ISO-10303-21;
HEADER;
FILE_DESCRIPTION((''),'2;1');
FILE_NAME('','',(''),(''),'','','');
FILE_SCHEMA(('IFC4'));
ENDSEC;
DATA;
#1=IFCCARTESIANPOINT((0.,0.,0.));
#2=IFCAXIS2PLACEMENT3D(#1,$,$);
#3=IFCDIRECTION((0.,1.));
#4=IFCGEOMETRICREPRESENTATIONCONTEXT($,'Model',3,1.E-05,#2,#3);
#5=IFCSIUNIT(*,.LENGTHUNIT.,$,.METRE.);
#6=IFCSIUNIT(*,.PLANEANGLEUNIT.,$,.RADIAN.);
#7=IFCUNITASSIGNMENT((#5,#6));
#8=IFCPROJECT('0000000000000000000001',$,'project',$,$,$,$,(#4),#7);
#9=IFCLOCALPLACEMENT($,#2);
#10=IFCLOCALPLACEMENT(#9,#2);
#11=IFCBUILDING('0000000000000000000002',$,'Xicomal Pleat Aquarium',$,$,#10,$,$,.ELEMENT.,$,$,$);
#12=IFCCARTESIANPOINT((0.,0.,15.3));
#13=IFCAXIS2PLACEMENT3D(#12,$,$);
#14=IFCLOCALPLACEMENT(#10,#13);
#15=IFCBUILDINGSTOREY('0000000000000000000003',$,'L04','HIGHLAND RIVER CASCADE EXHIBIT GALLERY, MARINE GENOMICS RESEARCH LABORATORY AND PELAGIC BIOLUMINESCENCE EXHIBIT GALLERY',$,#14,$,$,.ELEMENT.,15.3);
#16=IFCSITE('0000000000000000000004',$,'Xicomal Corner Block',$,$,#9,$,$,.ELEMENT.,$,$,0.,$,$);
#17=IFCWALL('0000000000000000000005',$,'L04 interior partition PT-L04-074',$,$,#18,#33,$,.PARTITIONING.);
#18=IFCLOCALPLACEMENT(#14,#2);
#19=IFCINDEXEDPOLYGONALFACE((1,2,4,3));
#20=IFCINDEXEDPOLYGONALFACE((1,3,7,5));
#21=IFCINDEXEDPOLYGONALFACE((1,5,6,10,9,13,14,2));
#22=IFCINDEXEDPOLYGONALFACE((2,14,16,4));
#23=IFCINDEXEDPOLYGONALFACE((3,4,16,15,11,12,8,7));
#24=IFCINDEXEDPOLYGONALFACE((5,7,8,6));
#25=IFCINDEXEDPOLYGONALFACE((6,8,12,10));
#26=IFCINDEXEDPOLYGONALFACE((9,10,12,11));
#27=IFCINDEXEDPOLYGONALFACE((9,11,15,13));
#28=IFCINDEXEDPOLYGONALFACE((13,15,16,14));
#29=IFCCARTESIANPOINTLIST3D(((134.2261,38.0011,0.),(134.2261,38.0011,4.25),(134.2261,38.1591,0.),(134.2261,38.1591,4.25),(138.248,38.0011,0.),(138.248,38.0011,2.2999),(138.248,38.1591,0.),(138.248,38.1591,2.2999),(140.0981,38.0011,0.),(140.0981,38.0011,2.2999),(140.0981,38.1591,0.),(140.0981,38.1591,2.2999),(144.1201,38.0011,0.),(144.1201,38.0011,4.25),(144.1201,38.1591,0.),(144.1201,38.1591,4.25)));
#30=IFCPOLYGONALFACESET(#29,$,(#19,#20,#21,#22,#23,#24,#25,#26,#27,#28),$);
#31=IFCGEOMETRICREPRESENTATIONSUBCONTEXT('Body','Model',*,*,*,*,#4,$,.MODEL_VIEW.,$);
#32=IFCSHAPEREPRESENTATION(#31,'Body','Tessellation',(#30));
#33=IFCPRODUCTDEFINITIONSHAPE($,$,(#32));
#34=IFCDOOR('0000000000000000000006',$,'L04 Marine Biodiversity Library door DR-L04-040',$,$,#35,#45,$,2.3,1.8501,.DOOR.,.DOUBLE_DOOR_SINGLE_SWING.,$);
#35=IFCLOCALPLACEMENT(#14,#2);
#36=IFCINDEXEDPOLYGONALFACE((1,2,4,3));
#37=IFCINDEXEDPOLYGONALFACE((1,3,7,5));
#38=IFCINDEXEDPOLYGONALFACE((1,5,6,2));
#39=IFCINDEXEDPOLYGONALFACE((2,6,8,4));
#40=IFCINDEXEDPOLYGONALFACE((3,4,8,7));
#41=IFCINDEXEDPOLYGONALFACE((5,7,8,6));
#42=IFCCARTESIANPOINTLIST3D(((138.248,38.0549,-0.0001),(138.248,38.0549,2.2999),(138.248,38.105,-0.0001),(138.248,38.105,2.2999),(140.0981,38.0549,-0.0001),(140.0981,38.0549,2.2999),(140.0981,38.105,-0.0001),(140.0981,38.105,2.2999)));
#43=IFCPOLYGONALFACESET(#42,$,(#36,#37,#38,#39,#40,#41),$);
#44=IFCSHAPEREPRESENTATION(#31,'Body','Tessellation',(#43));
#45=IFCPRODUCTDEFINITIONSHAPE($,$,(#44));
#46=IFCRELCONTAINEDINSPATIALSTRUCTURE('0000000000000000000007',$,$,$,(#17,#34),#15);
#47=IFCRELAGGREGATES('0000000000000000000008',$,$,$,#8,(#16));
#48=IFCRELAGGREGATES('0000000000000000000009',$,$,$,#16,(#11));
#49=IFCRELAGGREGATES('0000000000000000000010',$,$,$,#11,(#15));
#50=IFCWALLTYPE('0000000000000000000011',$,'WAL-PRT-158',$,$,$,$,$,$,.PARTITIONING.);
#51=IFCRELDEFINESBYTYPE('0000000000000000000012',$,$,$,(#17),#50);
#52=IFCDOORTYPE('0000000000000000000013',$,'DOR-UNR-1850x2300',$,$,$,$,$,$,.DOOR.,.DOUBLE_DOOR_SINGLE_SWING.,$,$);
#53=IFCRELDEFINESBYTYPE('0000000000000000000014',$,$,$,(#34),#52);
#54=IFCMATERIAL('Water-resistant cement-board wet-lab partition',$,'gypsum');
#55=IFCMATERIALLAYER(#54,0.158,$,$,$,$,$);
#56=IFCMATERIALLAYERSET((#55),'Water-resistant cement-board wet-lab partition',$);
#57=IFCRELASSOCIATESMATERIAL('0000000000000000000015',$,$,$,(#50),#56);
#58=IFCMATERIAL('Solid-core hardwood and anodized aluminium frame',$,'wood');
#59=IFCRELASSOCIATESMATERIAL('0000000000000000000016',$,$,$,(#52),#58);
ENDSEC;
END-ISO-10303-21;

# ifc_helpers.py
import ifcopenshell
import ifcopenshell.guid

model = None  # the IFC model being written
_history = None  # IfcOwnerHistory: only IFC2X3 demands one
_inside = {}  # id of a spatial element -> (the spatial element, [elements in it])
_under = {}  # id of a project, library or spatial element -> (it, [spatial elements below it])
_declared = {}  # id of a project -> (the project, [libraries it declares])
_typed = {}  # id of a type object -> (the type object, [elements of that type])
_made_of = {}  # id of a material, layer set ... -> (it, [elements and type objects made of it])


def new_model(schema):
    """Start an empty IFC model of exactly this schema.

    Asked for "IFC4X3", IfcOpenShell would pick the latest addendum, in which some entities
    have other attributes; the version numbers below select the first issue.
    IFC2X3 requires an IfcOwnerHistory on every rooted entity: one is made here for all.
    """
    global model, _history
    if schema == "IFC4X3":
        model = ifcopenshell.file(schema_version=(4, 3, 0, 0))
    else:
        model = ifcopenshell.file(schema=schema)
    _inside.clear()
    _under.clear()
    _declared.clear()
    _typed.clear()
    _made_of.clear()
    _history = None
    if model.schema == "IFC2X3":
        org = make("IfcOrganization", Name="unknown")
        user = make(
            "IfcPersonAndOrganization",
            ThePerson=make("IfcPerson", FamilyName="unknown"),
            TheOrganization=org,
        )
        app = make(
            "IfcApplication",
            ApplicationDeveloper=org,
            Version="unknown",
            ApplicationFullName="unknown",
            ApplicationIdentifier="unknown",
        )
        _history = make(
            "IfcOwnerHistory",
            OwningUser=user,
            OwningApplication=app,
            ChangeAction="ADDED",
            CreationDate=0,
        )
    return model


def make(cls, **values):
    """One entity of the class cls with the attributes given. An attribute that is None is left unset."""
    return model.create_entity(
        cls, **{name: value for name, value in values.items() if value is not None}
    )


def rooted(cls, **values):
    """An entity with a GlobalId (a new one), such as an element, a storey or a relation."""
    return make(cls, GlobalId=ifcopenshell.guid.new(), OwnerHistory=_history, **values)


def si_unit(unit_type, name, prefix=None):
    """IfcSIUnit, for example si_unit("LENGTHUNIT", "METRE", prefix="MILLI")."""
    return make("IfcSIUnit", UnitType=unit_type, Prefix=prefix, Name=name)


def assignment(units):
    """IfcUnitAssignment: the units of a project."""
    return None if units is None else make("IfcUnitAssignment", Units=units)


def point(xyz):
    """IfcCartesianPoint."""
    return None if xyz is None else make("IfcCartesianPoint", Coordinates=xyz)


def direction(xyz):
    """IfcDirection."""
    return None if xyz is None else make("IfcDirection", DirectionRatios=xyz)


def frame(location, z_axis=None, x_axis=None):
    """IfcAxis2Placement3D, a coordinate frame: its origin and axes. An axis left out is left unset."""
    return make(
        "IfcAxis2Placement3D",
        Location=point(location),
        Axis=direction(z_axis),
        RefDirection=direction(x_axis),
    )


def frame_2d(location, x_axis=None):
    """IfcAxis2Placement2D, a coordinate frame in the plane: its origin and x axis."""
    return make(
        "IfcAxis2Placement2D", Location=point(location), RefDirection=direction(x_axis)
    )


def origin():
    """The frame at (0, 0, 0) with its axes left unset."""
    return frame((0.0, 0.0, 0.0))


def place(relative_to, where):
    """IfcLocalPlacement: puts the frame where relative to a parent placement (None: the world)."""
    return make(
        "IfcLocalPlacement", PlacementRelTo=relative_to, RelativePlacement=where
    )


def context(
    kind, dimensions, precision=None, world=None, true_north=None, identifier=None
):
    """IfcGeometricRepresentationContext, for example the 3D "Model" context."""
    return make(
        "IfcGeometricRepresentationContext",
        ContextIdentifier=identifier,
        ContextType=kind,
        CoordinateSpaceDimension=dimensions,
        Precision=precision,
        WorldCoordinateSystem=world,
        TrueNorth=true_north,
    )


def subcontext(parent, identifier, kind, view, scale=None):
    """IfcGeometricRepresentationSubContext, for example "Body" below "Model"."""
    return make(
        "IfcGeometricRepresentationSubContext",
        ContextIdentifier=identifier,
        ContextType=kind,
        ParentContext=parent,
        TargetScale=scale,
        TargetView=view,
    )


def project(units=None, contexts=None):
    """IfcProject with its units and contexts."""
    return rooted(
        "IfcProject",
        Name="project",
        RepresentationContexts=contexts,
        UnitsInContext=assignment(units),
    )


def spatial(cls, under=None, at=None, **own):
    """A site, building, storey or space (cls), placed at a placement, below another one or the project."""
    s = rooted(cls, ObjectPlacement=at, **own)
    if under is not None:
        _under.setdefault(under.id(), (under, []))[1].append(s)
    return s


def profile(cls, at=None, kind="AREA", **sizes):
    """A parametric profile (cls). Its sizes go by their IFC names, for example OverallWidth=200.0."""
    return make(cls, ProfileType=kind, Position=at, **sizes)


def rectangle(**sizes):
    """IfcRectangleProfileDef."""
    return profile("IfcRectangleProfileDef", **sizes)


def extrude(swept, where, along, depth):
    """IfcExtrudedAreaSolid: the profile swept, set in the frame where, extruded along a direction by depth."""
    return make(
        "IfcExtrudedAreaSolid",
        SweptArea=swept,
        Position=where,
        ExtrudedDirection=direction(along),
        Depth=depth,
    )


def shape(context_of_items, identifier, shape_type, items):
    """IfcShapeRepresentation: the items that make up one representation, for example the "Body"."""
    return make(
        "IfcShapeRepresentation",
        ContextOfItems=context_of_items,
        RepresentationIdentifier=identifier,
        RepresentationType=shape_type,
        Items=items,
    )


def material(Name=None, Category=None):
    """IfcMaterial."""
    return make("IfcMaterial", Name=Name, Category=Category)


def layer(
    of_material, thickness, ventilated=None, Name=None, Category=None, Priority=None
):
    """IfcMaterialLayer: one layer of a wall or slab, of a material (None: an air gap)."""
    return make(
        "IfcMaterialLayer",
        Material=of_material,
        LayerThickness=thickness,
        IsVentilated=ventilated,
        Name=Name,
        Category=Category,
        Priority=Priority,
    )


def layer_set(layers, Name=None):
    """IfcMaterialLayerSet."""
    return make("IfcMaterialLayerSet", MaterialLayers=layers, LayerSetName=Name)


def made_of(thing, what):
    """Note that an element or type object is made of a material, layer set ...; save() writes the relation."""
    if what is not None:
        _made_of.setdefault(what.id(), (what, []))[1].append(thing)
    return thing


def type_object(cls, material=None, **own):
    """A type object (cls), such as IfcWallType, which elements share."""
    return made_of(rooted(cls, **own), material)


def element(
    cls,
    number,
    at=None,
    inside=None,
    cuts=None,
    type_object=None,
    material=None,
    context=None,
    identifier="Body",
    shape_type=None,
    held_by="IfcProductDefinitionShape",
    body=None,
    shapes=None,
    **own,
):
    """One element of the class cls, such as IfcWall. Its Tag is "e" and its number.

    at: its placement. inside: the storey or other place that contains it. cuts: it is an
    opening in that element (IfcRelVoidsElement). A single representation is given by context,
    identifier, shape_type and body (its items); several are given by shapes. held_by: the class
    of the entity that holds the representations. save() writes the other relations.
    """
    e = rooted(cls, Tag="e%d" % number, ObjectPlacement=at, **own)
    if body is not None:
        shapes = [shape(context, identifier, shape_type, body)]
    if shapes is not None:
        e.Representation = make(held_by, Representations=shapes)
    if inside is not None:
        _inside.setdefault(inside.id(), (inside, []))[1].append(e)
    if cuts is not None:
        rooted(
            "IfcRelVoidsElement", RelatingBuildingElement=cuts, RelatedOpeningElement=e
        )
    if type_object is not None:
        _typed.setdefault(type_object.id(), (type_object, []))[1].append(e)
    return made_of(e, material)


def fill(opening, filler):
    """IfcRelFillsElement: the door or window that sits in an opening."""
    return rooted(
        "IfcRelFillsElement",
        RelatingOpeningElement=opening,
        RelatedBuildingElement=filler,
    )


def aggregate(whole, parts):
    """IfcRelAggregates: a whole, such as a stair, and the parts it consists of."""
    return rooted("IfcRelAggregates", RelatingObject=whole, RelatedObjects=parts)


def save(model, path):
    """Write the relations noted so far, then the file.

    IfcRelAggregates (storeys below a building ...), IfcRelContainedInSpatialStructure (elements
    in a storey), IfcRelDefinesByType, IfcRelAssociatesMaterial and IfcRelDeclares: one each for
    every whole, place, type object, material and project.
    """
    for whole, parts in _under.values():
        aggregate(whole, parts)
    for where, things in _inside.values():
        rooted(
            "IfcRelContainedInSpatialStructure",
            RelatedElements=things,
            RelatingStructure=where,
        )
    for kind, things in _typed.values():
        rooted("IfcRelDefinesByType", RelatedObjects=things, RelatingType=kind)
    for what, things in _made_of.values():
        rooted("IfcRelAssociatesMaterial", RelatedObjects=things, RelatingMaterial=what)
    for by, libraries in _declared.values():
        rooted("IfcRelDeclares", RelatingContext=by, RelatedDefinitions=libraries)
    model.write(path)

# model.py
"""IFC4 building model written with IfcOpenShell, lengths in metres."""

from ifc_helpers import new_model, si_unit, direction, frame, frame_2d, origin, place, context, subcontext, project, spatial, rectangle, extrude, material, layer, layer_set, type_object, element, fill, save


model = new_model("IFC4")

# Units and contexts
model_context = context("Model", 3, precision=1e-05, world=origin(), true_north=direction((0.0, 1.0)))
body_context = subcontext(model_context, "Body", "Model", "MODEL_VIEW")
ifc_project = project(units=[si_unit("LENGTHUNIT", "METRE"), si_unit("PLANEANGLEUNIT", "RADIAN")], contexts=[model_context])

# Site, building, storey
site_placement = place(None, origin())
site = spatial("IfcSite", under=ifc_project, at=site_placement, Name="Xicomal Corner Block", CompositionType="ELEMENT", RefElevation=0.0)
building_placement = place(site_placement, origin())
building = spatial("IfcBuilding", under=site, at=building_placement, Name="Xicomal Pleat Aquarium", CompositionType="ELEMENT")
storey_placement = place(building_placement, frame((0.0, 0.0, 15.3)))
storey = spatial("IfcBuildingStorey", under=building, at=storey_placement, Name="L04", Description="HIGHLAND RIVER CASCADE EXHIBIT GALLERY, MARINE GENOMICS RESEARCH LABORATORY AND PELAGIC BIOLUMINESCENCE EXHIBIT GALLERY", CompositionType="ELEMENT", Elevation=15.3)

# Wall, opening, door
ifc_material_1 = material(Name="Water-resistant cement-board wet-lab partition", Category="gypsum")
ifc_layer_1 = layer(ifc_material_1, 0.158)
ifc_layer_set_1 = layer_set([ifc_layer_1], Name="Water-resistant cement-board wet-lab partition")
wall_type_1 = type_object("IfcWallType", Name="WAL-PRT-158", PredefinedType="PARTITIONING", material=ifc_layer_set_1)
wall_1_placement = place(storey_placement, frame((134.2261, 38.0801, 0.0), z_axis=(0.0, 0.0, 1.0), x_axis=(1.0, 0.0, 0.0)))
wall_1 = element("IfcWall", 1, at=wall_1_placement, inside=storey, type_object=wall_type_1, Name="L04 interior partition PT-L04-074", PredefinedType="PARTITIONING", context=body_context, shape_type="SweptSolid", body=[
    extrude(rectangle(XDim=9.894, YDim=0.158, at=frame_2d((4.947, 0.0))), origin(), (0.0, 0.0, 1.0), 4.25),
])
opening_1_placement = place(wall_1_placement, frame((4.022, 0.0, 0.0)))
opening_1 = element("IfcOpeningElement", 2, at=opening_1_placement, cuts=wall_1, PredefinedType="OPENING", context=body_context, shape_type="SweptSolid", body=[
    extrude(rectangle(XDim=1.8501, YDim=2.3, at=frame_2d((0.925, 1.1499))), frame((0.0, 0.0889, 0.0), z_axis=(0.0, -1.0, 0.0), x_axis=(1.0, 0.0, 0.0)), (0.0, 0.0, 1.0), 0.178),
])
ifc_material_2 = material(Name="Solid-core hardwood and anodized aluminium frame", Category="wood")
door_type = type_object("IfcDoorType", Name="DOR-UNR-1850x2300", OperationType="DOUBLE_DOOR_SINGLE_SWING", PredefinedType="DOOR", material=ifc_material_2)
door_placement = place(opening_1_placement, origin())
door = element("IfcDoor", 3, at=door_placement, inside=storey, type_object=door_type, Name="L04 Marine Biodiversity Library door DR-L04-040", OperationType="DOUBLE_DOOR_SINGLE_SWING", OverallHeight=2.3, OverallWidth=1.8501, PredefinedType="DOOR", context=body_context, shape_type="SweptSolid", body=[
    extrude(rectangle(XDim=1.8501, YDim=2.3, at=frame_2d((0.925, 1.1499))), frame((0.0, 0.0249, 0.0), z_axis=(0.0, -1.0, 0.0), x_axis=(1.0, 0.0, 0.0)), (0.0, 0.0, 1.0), 0.05),
])
fill(opening_1, door)

save(model, "model.ifc")
